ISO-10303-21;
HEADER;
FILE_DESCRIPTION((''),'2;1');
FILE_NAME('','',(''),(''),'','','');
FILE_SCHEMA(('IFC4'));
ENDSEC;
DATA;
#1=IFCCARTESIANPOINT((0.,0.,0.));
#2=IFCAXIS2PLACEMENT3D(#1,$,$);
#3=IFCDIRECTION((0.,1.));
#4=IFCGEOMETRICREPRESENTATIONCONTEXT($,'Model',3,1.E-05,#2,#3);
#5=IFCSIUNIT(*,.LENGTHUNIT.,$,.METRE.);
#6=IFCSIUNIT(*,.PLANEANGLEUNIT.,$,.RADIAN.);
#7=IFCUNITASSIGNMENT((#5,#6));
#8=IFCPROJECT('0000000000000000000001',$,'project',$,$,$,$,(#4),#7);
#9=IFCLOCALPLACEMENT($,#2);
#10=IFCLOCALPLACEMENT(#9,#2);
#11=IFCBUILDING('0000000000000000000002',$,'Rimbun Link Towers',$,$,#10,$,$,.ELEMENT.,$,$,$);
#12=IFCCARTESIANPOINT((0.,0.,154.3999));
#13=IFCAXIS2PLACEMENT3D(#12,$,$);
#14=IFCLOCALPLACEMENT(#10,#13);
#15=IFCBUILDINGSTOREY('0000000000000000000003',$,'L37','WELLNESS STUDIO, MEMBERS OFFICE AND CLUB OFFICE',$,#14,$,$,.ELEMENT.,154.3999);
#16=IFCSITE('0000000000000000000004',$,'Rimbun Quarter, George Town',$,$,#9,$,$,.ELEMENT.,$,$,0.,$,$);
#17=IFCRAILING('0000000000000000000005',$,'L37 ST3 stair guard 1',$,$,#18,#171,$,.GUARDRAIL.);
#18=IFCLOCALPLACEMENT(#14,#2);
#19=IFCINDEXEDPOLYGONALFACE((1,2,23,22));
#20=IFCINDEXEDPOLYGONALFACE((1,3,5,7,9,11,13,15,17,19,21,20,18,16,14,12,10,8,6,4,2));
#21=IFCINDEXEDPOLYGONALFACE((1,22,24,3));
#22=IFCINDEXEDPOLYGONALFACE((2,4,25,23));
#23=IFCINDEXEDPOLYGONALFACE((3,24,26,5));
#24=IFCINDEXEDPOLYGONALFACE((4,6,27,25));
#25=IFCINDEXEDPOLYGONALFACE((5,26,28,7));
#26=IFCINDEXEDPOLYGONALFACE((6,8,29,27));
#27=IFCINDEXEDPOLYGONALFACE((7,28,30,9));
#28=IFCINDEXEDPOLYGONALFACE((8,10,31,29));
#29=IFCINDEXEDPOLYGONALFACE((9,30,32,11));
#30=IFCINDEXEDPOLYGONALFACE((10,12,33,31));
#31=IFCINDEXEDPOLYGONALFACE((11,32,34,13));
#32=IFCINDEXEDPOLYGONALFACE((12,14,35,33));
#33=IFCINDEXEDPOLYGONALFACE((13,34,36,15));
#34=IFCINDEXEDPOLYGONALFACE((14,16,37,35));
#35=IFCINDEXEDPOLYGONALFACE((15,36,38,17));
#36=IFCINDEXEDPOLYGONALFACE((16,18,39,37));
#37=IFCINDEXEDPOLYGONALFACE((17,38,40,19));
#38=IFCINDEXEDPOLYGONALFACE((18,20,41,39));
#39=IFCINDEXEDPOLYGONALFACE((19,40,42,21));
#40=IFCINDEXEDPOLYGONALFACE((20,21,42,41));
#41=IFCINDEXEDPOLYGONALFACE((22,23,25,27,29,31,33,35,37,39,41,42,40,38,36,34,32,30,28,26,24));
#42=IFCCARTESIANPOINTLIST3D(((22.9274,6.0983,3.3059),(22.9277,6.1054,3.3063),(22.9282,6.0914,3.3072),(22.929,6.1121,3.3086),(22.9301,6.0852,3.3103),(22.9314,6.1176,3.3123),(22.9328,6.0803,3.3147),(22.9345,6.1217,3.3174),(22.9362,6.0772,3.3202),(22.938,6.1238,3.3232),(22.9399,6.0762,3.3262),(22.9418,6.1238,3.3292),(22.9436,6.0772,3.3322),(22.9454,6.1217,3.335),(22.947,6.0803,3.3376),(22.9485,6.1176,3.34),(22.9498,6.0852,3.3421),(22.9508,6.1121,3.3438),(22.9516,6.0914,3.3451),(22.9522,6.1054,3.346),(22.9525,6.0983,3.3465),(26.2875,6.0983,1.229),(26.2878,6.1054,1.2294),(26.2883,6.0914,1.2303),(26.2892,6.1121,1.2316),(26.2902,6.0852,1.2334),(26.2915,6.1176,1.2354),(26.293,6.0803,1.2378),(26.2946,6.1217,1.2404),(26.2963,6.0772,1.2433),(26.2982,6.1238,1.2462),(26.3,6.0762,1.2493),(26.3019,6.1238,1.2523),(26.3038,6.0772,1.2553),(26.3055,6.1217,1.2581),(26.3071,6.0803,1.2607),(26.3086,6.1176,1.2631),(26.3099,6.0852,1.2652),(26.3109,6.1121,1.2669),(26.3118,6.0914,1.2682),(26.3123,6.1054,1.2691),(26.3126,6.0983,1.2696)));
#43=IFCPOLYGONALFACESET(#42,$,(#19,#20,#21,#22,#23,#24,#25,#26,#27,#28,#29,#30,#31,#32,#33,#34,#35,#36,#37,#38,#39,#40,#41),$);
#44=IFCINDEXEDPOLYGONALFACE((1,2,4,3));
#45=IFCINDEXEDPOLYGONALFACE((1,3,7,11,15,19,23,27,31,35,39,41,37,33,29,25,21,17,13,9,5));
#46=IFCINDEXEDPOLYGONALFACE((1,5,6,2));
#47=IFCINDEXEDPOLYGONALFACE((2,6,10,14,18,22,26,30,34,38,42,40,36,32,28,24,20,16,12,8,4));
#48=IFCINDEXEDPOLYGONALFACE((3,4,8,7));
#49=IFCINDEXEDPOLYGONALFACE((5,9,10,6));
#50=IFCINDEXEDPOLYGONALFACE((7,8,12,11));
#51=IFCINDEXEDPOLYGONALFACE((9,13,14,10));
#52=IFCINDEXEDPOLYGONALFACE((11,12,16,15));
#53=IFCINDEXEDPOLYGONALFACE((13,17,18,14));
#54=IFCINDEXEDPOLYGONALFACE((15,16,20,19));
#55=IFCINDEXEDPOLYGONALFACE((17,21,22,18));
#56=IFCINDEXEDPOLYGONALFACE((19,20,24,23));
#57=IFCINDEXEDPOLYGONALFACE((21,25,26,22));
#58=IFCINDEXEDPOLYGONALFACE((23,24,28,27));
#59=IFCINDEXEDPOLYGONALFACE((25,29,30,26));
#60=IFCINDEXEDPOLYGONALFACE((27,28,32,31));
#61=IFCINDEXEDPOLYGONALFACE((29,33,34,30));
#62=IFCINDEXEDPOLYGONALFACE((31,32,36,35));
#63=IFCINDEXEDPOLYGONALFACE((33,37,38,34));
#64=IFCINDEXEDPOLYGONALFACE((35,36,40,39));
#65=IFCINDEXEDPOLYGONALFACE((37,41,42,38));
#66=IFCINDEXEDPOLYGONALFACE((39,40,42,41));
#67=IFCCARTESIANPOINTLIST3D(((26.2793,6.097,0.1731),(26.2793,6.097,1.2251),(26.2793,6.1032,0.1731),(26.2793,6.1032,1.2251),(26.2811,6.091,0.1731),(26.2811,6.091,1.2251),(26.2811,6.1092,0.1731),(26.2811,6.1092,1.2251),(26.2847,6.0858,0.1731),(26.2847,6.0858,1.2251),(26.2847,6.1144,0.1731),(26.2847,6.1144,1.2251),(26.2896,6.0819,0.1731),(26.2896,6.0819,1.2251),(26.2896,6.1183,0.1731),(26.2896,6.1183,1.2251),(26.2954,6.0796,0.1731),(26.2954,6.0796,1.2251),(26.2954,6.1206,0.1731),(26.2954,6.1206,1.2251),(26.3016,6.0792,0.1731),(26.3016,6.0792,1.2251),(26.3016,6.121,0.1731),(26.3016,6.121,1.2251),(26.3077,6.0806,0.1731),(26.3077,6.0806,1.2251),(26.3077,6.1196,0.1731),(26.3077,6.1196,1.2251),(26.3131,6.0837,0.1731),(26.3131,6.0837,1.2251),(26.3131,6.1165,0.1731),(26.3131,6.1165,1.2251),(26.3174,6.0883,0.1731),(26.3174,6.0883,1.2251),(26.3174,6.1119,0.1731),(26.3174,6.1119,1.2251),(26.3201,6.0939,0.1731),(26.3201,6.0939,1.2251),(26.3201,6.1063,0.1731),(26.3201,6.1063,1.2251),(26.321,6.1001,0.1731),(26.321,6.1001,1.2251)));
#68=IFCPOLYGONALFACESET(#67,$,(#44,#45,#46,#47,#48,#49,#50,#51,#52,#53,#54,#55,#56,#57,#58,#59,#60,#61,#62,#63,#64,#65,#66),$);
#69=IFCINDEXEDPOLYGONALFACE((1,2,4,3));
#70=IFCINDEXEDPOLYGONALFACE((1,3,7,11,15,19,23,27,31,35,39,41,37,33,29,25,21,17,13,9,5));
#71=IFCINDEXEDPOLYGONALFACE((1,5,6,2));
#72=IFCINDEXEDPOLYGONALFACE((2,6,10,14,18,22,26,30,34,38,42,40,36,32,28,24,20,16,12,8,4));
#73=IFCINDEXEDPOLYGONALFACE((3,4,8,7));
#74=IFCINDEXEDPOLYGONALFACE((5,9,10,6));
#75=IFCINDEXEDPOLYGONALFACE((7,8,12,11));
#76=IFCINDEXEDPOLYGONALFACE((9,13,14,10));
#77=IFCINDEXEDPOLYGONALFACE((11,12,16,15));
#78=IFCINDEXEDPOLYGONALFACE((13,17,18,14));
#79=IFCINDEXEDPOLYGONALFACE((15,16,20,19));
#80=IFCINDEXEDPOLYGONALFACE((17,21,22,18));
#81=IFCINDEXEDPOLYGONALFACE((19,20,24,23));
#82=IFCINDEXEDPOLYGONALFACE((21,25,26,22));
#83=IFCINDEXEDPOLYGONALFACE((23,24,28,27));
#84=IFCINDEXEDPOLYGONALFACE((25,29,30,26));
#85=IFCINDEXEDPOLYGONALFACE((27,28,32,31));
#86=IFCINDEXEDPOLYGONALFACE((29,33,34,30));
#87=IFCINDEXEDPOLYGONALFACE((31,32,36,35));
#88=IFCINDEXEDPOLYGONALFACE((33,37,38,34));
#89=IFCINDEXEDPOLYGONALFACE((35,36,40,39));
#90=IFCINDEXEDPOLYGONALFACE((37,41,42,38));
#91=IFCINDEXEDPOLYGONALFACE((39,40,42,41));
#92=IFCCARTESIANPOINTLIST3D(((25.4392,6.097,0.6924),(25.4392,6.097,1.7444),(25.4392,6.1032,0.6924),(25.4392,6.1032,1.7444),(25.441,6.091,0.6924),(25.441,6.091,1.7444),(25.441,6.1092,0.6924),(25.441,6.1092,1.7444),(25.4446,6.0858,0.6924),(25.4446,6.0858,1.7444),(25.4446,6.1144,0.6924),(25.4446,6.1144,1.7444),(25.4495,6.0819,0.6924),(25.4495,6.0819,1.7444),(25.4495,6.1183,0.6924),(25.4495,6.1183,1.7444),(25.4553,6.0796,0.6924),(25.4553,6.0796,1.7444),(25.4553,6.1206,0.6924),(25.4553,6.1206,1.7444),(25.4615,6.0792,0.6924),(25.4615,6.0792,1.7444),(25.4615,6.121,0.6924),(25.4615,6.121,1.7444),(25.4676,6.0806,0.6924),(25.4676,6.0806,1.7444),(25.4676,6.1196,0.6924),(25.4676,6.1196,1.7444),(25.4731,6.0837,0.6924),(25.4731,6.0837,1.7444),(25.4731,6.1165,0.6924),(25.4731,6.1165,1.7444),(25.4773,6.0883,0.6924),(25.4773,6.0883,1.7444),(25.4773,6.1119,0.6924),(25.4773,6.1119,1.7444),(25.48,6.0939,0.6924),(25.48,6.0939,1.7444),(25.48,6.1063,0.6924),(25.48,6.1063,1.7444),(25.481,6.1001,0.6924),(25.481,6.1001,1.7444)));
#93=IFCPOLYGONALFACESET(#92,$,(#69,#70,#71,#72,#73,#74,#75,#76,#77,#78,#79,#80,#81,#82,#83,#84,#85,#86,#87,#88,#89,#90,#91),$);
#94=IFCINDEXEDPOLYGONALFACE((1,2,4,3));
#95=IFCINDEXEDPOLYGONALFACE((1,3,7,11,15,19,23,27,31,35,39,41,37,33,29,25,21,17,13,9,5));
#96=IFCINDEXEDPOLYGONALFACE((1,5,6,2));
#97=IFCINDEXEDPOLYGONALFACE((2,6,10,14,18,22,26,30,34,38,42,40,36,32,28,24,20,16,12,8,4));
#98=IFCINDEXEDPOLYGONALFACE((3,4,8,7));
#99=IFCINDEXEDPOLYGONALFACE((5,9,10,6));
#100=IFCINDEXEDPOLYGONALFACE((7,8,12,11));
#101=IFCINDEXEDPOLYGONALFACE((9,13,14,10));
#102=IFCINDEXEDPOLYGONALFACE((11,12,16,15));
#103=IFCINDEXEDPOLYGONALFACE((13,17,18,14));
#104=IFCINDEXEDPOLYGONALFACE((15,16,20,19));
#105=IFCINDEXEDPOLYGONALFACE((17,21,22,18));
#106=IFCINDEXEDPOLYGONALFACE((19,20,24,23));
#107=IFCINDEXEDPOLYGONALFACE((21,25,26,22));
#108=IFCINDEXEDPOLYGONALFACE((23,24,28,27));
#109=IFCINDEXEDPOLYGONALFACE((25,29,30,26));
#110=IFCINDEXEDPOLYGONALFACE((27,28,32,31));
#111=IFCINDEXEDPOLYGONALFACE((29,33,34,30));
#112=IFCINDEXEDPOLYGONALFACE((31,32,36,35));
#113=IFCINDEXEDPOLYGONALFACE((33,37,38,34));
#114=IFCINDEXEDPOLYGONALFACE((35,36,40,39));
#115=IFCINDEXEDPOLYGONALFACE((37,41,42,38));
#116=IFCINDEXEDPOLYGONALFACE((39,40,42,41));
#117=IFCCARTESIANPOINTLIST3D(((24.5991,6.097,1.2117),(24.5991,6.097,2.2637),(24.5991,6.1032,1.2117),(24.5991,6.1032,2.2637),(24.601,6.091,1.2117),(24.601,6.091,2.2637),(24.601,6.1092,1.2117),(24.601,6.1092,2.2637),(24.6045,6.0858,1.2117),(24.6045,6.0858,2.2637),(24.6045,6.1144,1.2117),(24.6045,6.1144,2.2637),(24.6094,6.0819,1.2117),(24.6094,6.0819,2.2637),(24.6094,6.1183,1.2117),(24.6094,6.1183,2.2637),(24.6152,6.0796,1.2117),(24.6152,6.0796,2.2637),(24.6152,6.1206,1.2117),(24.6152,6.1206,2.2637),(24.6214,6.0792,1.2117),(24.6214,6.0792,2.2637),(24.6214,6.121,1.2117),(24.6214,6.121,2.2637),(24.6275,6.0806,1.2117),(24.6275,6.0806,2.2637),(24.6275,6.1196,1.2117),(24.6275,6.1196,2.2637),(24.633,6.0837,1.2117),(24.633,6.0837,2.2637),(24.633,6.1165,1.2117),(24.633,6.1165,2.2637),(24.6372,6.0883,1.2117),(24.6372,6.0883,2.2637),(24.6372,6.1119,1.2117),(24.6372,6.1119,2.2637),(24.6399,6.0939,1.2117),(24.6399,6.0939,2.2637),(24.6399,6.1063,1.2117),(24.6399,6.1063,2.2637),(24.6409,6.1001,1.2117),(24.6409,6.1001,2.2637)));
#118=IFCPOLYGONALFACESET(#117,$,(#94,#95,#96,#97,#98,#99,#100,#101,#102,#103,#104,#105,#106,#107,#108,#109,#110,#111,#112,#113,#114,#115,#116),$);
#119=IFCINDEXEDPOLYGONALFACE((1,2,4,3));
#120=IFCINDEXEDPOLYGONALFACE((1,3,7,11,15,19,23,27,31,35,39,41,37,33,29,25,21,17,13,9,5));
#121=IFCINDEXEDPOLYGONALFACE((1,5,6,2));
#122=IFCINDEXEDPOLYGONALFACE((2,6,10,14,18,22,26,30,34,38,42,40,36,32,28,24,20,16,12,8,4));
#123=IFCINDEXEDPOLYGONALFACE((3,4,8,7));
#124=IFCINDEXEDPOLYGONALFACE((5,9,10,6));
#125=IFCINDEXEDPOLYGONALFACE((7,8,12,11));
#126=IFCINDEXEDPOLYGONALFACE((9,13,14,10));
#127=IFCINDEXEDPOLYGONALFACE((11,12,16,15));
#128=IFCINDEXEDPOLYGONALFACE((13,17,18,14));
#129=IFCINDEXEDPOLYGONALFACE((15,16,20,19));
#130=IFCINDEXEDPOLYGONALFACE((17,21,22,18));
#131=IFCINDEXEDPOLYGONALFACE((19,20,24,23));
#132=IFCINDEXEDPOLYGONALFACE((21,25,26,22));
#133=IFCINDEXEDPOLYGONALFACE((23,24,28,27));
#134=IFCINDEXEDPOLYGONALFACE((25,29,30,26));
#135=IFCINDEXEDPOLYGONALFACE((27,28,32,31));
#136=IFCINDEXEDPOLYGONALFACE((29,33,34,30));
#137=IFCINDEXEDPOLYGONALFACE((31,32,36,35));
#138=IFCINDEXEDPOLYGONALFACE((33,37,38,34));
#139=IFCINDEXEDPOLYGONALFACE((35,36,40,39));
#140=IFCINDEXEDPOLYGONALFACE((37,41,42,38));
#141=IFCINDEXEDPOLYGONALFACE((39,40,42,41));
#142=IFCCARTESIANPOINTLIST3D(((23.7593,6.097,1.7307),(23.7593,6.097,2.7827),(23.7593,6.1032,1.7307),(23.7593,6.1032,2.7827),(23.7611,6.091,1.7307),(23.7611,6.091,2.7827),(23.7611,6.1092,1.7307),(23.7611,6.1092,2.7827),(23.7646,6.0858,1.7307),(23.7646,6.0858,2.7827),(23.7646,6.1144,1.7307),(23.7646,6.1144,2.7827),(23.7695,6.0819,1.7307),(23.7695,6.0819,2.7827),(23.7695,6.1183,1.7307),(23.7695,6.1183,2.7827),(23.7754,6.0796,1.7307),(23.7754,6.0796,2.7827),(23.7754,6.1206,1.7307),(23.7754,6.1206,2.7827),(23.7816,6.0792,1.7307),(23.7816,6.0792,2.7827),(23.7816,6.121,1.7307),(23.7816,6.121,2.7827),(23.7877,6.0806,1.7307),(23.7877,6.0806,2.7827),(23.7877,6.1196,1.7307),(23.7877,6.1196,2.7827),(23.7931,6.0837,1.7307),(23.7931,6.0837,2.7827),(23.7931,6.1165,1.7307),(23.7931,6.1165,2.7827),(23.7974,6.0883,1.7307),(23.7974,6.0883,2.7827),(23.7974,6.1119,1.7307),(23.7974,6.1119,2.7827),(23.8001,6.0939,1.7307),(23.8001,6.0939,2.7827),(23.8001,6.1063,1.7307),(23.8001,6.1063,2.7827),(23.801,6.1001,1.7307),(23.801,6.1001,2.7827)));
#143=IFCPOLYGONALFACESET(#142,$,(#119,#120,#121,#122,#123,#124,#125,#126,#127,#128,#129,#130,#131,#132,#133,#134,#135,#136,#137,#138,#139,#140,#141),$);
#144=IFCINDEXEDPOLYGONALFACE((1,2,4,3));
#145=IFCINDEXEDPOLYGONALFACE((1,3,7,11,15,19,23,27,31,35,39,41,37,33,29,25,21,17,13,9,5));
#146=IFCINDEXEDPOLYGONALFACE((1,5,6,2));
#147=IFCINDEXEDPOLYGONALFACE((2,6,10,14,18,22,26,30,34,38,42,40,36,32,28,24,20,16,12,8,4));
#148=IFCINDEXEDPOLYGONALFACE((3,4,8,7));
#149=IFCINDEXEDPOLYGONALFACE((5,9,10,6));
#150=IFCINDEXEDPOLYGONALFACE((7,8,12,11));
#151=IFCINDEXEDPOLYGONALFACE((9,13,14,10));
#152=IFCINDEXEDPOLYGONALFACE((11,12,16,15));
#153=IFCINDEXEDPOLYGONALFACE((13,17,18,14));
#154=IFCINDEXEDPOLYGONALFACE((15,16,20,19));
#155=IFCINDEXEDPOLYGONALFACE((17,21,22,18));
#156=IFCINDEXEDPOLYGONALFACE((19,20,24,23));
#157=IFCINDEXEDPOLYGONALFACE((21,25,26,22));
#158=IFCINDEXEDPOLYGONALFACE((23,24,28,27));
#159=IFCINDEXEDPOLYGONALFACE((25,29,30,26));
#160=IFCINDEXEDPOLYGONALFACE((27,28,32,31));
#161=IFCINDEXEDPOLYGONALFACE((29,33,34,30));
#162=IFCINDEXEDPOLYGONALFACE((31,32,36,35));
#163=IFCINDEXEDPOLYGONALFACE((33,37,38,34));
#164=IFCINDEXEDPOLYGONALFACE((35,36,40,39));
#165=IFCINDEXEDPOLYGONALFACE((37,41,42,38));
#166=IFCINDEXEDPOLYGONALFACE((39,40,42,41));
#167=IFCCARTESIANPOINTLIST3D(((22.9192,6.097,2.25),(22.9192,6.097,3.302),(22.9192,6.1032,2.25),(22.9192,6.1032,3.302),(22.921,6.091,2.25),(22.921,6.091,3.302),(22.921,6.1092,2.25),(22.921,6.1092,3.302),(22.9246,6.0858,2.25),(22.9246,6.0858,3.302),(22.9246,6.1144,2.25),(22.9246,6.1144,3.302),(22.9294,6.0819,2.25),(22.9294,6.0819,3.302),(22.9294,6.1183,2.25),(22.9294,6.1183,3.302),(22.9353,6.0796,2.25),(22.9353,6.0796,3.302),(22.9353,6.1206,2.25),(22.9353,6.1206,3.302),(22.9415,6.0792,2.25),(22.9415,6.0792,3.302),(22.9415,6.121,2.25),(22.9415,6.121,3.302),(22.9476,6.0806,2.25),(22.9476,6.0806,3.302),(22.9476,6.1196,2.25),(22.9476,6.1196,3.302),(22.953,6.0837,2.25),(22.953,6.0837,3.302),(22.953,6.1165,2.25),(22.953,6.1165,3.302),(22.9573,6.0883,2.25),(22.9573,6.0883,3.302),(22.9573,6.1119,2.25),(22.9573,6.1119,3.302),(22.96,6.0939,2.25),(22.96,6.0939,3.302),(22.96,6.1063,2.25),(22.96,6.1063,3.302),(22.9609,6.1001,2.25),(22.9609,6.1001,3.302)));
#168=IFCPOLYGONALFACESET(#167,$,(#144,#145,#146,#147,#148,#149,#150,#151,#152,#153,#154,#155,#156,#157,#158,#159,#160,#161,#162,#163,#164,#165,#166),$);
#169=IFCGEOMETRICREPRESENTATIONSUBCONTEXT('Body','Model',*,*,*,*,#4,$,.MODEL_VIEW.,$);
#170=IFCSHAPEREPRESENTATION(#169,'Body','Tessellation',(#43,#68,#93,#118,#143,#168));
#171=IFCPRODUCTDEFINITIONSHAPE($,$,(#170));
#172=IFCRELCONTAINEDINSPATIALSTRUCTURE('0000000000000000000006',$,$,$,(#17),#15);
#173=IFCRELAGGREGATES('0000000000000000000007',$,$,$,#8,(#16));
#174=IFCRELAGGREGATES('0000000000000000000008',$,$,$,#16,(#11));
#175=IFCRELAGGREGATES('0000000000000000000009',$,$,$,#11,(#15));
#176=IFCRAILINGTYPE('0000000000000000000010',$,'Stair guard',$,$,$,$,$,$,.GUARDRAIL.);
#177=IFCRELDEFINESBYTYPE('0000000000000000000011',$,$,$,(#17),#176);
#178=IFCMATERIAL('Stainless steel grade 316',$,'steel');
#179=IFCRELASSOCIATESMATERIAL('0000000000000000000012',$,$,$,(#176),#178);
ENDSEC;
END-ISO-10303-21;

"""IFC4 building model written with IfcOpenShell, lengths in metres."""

from ifc_helpers import new_model, si_unit, direction, frame, origin, origin_2d, place, context, subcontext, project, spatial, circle, extrude, material, type_object, element, save


model = new_model("IFC4")

# Units and contexts
model_context = context("Model", 3, precision=1e-05, world=origin(), true_north=direction((0.0, 1.0)))
body_context = subcontext(model_context, "Body", "Model", "MODEL_VIEW")
ifc_project = project(units=[si_unit("LENGTHUNIT", "METRE"), si_unit("PLANEANGLEUNIT", "RADIAN")], contexts=[model_context])

# Site, building, storey
site_placement = place(None, origin())
site = spatial("IfcSite", under=ifc_project, at=site_placement, Name="Rimbun Quarter, George Town", CompositionType="ELEMENT", RefElevation=0.0)
building_placement = place(site_placement, origin())
building = spatial("IfcBuilding", under=site, at=building_placement, Name="Rimbun Link Towers", CompositionType="ELEMENT")
storey_placement = place(building_placement, frame((0.0, 0.0, 154.3999)))
storey = spatial("IfcBuildingStorey", under=building, at=storey_placement, Name="L37", Description="WELLNESS STUDIO, MEMBERS OFFICE AND CLUB OFFICE", CompositionType="ELEMENT", Elevation=154.3999)

# Railing
ifc_material_1 = material(Name="Stainless steel grade 316", Category="steel")
railing_type_1 = type_object("IfcRailingType", Name="Stair guard", PredefinedType="GUARDRAIL", material=ifc_material_1)
railing_1_placement = place(storey_placement, frame((26.3, 6.1001, 0.1731)))
element("IfcRailing", 1, at=railing_1_placement, inside=storey, type_object=railing_type_1, Name="L37 ST3 stair guard 1", PredefinedType="GUARDRAIL", context=body_context, shape_type="SweptSolid", body=[
    extrude(circle(Radius=0.0239, at=origin_2d()), frame((0.0, 0.0, 1.0762), z_axis=(-0.850623, 0.0, 0.525776), x_axis=(0.0, -1.0, 0.0)), (0.0, 0.0, 1.0), 3.9502),
    extrude(circle(Radius=0.021, at=origin_2d()), origin(), (0.0, 0.0, 1.0), 1.052),
    extrude(circle(Radius=0.021, at=origin_2d()), frame((-0.8401, 0.0, 0.5193)), (0.0, 0.0, 1.0), 1.052),
    extrude(circle(Radius=0.021, at=origin_2d()), frame((-1.6802, 0.0, 1.0386)), (0.0, 0.0, 1.0), 1.052),
    extrude(circle(Radius=0.021, at=origin_2d()), frame((-2.52, 0.0, 1.5576)), (0.0, 0.0, 1.0), 1.052),
    extrude(circle(Radius=0.021, at=origin_2d()), frame((-3.3601, 0.0, 2.0769)), (0.0, 0.0, 1.0), 1.052),
])

save(model, "model.ifc")
